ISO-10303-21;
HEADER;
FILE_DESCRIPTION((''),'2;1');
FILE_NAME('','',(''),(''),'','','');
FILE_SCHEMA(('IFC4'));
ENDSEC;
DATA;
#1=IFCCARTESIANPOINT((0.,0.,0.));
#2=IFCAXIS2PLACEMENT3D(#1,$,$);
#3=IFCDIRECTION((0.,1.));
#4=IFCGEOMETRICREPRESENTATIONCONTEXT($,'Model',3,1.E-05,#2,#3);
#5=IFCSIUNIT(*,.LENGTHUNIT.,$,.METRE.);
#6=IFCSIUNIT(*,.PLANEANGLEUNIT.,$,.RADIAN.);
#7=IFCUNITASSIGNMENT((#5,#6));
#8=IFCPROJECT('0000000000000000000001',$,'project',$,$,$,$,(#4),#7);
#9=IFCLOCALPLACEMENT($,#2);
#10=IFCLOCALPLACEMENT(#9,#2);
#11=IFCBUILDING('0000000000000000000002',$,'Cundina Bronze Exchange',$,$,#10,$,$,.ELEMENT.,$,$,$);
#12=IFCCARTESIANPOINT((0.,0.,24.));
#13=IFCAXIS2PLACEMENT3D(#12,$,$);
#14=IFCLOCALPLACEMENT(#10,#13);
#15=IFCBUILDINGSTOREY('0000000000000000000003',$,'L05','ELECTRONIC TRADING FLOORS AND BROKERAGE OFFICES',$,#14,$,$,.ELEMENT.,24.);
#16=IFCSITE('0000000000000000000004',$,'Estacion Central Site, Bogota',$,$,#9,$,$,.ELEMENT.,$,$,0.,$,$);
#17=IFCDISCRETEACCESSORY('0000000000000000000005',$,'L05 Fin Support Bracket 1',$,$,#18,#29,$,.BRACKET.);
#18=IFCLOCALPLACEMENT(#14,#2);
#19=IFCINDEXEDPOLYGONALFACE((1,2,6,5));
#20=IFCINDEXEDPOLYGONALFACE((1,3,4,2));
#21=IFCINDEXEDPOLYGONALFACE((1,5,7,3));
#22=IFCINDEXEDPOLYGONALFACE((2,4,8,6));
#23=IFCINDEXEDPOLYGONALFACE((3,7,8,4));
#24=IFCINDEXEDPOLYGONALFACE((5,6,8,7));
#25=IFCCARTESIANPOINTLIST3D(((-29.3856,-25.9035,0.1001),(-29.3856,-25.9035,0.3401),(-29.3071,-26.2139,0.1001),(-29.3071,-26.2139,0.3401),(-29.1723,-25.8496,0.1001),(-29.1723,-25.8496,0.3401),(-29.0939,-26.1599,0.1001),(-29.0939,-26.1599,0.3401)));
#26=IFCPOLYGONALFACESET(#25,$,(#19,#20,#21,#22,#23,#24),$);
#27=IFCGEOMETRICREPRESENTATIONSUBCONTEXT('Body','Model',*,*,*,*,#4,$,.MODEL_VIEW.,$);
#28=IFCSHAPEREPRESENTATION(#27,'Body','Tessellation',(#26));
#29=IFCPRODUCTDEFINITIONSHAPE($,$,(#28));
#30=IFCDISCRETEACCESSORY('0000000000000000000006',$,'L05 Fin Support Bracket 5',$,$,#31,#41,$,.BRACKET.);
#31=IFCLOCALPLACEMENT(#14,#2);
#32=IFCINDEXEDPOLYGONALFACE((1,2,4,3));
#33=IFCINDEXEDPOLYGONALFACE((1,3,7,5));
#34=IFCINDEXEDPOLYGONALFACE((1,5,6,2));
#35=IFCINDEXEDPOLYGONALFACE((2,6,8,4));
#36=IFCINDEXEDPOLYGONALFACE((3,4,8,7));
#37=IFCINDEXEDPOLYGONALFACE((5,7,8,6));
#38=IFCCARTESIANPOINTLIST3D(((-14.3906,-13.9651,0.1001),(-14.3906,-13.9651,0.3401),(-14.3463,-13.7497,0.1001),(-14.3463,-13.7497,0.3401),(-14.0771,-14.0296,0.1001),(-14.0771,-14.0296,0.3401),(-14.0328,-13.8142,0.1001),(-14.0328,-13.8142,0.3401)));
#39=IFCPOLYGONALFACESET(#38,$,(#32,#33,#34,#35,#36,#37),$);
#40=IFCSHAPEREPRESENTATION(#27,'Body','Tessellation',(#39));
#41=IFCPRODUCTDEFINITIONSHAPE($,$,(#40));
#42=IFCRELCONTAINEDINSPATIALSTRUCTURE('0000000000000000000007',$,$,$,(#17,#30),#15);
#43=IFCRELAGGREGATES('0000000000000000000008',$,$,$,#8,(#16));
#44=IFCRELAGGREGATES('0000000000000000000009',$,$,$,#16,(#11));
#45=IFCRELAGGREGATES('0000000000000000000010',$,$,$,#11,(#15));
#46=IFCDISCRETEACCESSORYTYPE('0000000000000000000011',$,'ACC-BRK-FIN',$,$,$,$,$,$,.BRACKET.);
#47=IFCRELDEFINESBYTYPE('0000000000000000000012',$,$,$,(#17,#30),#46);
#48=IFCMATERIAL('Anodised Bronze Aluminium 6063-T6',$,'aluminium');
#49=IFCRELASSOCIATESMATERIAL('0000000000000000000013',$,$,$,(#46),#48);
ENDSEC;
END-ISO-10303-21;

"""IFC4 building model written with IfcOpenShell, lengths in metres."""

from ifc_helpers import new_model, si_unit, direction, frame, origin, origin_2d, place, context, subcontext, project, spatial, rectangle, extrude, material, type_object, element, save


model = new_model("IFC4")

# Units and contexts
model_context = context("Model", 3, precision=1e-05, world=origin(), true_north=direction((0.0, 1.0)))
body_context = subcontext(model_context, "Body", "Model", "MODEL_VIEW")
ifc_project = project(units=[si_unit("LENGTHUNIT", "METRE"), si_unit("PLANEANGLEUNIT", "RADIAN")], contexts=[model_context])

# Site, building, storey
site_placement = place(None, origin())
site = spatial("IfcSite", under=ifc_project, at=site_placement, Name="Estacion Central Site, Bogota", CompositionType="ELEMENT", RefElevation=0.0)
building_placement = place(site_placement, origin())
building = spatial("IfcBuilding", under=site, at=building_placement, Name="Cundina Bronze Exchange", CompositionType="ELEMENT")
storey_placement = place(building_placement, frame((0.0, 0.0, 24.0)))
storey = spatial("IfcBuildingStorey", under=building, at=storey_placement, Name="L05", Description="ELECTRONIC TRADING FLOORS AND BROKERAGE OFFICES", CompositionType="ELEMENT", Elevation=24.0)

# Shared definitions
ifc_material_1 = material(Name="Anodised Bronze Aluminium 6063-T6", Category="aluminium")

# Discrete accessories
discrete_accessory_type = type_object("IfcDiscreteAccessoryType", Name="ACC-BRK-FIN", PredefinedType="BRACKET", material=ifc_material_1)
for number, where, z_axis, x_axis, name in (
    (1, (-29.2397, -26.0317, 0.1001), (0.0, 0.0, 1.0), (0.969488, 0.245138, 0.0), "L05 Fin Support Bracket 1"),
    (2, (-14.2117, -13.8896, 0.1001), (0.0, 0.0, 1.0), (0.20142, 0.979505, 0.0), "L05 Fin Support Bracket 5"),
):
    element("IfcDiscreteAccessory", number, at=place(storey_placement, frame(where, z_axis=z_axis, x_axis=x_axis)), inside=storey, type_object=discrete_accessory_type, Name=name, PredefinedType="BRACKET", context=body_context, shape_type="SweptSolid", body=[
        extrude(rectangle(XDim=0.22, YDim=0.3201, at=origin_2d()), origin(), (0.0, 0.0, 1.0), 0.24),
    ])

save(model, "model.ifc")
